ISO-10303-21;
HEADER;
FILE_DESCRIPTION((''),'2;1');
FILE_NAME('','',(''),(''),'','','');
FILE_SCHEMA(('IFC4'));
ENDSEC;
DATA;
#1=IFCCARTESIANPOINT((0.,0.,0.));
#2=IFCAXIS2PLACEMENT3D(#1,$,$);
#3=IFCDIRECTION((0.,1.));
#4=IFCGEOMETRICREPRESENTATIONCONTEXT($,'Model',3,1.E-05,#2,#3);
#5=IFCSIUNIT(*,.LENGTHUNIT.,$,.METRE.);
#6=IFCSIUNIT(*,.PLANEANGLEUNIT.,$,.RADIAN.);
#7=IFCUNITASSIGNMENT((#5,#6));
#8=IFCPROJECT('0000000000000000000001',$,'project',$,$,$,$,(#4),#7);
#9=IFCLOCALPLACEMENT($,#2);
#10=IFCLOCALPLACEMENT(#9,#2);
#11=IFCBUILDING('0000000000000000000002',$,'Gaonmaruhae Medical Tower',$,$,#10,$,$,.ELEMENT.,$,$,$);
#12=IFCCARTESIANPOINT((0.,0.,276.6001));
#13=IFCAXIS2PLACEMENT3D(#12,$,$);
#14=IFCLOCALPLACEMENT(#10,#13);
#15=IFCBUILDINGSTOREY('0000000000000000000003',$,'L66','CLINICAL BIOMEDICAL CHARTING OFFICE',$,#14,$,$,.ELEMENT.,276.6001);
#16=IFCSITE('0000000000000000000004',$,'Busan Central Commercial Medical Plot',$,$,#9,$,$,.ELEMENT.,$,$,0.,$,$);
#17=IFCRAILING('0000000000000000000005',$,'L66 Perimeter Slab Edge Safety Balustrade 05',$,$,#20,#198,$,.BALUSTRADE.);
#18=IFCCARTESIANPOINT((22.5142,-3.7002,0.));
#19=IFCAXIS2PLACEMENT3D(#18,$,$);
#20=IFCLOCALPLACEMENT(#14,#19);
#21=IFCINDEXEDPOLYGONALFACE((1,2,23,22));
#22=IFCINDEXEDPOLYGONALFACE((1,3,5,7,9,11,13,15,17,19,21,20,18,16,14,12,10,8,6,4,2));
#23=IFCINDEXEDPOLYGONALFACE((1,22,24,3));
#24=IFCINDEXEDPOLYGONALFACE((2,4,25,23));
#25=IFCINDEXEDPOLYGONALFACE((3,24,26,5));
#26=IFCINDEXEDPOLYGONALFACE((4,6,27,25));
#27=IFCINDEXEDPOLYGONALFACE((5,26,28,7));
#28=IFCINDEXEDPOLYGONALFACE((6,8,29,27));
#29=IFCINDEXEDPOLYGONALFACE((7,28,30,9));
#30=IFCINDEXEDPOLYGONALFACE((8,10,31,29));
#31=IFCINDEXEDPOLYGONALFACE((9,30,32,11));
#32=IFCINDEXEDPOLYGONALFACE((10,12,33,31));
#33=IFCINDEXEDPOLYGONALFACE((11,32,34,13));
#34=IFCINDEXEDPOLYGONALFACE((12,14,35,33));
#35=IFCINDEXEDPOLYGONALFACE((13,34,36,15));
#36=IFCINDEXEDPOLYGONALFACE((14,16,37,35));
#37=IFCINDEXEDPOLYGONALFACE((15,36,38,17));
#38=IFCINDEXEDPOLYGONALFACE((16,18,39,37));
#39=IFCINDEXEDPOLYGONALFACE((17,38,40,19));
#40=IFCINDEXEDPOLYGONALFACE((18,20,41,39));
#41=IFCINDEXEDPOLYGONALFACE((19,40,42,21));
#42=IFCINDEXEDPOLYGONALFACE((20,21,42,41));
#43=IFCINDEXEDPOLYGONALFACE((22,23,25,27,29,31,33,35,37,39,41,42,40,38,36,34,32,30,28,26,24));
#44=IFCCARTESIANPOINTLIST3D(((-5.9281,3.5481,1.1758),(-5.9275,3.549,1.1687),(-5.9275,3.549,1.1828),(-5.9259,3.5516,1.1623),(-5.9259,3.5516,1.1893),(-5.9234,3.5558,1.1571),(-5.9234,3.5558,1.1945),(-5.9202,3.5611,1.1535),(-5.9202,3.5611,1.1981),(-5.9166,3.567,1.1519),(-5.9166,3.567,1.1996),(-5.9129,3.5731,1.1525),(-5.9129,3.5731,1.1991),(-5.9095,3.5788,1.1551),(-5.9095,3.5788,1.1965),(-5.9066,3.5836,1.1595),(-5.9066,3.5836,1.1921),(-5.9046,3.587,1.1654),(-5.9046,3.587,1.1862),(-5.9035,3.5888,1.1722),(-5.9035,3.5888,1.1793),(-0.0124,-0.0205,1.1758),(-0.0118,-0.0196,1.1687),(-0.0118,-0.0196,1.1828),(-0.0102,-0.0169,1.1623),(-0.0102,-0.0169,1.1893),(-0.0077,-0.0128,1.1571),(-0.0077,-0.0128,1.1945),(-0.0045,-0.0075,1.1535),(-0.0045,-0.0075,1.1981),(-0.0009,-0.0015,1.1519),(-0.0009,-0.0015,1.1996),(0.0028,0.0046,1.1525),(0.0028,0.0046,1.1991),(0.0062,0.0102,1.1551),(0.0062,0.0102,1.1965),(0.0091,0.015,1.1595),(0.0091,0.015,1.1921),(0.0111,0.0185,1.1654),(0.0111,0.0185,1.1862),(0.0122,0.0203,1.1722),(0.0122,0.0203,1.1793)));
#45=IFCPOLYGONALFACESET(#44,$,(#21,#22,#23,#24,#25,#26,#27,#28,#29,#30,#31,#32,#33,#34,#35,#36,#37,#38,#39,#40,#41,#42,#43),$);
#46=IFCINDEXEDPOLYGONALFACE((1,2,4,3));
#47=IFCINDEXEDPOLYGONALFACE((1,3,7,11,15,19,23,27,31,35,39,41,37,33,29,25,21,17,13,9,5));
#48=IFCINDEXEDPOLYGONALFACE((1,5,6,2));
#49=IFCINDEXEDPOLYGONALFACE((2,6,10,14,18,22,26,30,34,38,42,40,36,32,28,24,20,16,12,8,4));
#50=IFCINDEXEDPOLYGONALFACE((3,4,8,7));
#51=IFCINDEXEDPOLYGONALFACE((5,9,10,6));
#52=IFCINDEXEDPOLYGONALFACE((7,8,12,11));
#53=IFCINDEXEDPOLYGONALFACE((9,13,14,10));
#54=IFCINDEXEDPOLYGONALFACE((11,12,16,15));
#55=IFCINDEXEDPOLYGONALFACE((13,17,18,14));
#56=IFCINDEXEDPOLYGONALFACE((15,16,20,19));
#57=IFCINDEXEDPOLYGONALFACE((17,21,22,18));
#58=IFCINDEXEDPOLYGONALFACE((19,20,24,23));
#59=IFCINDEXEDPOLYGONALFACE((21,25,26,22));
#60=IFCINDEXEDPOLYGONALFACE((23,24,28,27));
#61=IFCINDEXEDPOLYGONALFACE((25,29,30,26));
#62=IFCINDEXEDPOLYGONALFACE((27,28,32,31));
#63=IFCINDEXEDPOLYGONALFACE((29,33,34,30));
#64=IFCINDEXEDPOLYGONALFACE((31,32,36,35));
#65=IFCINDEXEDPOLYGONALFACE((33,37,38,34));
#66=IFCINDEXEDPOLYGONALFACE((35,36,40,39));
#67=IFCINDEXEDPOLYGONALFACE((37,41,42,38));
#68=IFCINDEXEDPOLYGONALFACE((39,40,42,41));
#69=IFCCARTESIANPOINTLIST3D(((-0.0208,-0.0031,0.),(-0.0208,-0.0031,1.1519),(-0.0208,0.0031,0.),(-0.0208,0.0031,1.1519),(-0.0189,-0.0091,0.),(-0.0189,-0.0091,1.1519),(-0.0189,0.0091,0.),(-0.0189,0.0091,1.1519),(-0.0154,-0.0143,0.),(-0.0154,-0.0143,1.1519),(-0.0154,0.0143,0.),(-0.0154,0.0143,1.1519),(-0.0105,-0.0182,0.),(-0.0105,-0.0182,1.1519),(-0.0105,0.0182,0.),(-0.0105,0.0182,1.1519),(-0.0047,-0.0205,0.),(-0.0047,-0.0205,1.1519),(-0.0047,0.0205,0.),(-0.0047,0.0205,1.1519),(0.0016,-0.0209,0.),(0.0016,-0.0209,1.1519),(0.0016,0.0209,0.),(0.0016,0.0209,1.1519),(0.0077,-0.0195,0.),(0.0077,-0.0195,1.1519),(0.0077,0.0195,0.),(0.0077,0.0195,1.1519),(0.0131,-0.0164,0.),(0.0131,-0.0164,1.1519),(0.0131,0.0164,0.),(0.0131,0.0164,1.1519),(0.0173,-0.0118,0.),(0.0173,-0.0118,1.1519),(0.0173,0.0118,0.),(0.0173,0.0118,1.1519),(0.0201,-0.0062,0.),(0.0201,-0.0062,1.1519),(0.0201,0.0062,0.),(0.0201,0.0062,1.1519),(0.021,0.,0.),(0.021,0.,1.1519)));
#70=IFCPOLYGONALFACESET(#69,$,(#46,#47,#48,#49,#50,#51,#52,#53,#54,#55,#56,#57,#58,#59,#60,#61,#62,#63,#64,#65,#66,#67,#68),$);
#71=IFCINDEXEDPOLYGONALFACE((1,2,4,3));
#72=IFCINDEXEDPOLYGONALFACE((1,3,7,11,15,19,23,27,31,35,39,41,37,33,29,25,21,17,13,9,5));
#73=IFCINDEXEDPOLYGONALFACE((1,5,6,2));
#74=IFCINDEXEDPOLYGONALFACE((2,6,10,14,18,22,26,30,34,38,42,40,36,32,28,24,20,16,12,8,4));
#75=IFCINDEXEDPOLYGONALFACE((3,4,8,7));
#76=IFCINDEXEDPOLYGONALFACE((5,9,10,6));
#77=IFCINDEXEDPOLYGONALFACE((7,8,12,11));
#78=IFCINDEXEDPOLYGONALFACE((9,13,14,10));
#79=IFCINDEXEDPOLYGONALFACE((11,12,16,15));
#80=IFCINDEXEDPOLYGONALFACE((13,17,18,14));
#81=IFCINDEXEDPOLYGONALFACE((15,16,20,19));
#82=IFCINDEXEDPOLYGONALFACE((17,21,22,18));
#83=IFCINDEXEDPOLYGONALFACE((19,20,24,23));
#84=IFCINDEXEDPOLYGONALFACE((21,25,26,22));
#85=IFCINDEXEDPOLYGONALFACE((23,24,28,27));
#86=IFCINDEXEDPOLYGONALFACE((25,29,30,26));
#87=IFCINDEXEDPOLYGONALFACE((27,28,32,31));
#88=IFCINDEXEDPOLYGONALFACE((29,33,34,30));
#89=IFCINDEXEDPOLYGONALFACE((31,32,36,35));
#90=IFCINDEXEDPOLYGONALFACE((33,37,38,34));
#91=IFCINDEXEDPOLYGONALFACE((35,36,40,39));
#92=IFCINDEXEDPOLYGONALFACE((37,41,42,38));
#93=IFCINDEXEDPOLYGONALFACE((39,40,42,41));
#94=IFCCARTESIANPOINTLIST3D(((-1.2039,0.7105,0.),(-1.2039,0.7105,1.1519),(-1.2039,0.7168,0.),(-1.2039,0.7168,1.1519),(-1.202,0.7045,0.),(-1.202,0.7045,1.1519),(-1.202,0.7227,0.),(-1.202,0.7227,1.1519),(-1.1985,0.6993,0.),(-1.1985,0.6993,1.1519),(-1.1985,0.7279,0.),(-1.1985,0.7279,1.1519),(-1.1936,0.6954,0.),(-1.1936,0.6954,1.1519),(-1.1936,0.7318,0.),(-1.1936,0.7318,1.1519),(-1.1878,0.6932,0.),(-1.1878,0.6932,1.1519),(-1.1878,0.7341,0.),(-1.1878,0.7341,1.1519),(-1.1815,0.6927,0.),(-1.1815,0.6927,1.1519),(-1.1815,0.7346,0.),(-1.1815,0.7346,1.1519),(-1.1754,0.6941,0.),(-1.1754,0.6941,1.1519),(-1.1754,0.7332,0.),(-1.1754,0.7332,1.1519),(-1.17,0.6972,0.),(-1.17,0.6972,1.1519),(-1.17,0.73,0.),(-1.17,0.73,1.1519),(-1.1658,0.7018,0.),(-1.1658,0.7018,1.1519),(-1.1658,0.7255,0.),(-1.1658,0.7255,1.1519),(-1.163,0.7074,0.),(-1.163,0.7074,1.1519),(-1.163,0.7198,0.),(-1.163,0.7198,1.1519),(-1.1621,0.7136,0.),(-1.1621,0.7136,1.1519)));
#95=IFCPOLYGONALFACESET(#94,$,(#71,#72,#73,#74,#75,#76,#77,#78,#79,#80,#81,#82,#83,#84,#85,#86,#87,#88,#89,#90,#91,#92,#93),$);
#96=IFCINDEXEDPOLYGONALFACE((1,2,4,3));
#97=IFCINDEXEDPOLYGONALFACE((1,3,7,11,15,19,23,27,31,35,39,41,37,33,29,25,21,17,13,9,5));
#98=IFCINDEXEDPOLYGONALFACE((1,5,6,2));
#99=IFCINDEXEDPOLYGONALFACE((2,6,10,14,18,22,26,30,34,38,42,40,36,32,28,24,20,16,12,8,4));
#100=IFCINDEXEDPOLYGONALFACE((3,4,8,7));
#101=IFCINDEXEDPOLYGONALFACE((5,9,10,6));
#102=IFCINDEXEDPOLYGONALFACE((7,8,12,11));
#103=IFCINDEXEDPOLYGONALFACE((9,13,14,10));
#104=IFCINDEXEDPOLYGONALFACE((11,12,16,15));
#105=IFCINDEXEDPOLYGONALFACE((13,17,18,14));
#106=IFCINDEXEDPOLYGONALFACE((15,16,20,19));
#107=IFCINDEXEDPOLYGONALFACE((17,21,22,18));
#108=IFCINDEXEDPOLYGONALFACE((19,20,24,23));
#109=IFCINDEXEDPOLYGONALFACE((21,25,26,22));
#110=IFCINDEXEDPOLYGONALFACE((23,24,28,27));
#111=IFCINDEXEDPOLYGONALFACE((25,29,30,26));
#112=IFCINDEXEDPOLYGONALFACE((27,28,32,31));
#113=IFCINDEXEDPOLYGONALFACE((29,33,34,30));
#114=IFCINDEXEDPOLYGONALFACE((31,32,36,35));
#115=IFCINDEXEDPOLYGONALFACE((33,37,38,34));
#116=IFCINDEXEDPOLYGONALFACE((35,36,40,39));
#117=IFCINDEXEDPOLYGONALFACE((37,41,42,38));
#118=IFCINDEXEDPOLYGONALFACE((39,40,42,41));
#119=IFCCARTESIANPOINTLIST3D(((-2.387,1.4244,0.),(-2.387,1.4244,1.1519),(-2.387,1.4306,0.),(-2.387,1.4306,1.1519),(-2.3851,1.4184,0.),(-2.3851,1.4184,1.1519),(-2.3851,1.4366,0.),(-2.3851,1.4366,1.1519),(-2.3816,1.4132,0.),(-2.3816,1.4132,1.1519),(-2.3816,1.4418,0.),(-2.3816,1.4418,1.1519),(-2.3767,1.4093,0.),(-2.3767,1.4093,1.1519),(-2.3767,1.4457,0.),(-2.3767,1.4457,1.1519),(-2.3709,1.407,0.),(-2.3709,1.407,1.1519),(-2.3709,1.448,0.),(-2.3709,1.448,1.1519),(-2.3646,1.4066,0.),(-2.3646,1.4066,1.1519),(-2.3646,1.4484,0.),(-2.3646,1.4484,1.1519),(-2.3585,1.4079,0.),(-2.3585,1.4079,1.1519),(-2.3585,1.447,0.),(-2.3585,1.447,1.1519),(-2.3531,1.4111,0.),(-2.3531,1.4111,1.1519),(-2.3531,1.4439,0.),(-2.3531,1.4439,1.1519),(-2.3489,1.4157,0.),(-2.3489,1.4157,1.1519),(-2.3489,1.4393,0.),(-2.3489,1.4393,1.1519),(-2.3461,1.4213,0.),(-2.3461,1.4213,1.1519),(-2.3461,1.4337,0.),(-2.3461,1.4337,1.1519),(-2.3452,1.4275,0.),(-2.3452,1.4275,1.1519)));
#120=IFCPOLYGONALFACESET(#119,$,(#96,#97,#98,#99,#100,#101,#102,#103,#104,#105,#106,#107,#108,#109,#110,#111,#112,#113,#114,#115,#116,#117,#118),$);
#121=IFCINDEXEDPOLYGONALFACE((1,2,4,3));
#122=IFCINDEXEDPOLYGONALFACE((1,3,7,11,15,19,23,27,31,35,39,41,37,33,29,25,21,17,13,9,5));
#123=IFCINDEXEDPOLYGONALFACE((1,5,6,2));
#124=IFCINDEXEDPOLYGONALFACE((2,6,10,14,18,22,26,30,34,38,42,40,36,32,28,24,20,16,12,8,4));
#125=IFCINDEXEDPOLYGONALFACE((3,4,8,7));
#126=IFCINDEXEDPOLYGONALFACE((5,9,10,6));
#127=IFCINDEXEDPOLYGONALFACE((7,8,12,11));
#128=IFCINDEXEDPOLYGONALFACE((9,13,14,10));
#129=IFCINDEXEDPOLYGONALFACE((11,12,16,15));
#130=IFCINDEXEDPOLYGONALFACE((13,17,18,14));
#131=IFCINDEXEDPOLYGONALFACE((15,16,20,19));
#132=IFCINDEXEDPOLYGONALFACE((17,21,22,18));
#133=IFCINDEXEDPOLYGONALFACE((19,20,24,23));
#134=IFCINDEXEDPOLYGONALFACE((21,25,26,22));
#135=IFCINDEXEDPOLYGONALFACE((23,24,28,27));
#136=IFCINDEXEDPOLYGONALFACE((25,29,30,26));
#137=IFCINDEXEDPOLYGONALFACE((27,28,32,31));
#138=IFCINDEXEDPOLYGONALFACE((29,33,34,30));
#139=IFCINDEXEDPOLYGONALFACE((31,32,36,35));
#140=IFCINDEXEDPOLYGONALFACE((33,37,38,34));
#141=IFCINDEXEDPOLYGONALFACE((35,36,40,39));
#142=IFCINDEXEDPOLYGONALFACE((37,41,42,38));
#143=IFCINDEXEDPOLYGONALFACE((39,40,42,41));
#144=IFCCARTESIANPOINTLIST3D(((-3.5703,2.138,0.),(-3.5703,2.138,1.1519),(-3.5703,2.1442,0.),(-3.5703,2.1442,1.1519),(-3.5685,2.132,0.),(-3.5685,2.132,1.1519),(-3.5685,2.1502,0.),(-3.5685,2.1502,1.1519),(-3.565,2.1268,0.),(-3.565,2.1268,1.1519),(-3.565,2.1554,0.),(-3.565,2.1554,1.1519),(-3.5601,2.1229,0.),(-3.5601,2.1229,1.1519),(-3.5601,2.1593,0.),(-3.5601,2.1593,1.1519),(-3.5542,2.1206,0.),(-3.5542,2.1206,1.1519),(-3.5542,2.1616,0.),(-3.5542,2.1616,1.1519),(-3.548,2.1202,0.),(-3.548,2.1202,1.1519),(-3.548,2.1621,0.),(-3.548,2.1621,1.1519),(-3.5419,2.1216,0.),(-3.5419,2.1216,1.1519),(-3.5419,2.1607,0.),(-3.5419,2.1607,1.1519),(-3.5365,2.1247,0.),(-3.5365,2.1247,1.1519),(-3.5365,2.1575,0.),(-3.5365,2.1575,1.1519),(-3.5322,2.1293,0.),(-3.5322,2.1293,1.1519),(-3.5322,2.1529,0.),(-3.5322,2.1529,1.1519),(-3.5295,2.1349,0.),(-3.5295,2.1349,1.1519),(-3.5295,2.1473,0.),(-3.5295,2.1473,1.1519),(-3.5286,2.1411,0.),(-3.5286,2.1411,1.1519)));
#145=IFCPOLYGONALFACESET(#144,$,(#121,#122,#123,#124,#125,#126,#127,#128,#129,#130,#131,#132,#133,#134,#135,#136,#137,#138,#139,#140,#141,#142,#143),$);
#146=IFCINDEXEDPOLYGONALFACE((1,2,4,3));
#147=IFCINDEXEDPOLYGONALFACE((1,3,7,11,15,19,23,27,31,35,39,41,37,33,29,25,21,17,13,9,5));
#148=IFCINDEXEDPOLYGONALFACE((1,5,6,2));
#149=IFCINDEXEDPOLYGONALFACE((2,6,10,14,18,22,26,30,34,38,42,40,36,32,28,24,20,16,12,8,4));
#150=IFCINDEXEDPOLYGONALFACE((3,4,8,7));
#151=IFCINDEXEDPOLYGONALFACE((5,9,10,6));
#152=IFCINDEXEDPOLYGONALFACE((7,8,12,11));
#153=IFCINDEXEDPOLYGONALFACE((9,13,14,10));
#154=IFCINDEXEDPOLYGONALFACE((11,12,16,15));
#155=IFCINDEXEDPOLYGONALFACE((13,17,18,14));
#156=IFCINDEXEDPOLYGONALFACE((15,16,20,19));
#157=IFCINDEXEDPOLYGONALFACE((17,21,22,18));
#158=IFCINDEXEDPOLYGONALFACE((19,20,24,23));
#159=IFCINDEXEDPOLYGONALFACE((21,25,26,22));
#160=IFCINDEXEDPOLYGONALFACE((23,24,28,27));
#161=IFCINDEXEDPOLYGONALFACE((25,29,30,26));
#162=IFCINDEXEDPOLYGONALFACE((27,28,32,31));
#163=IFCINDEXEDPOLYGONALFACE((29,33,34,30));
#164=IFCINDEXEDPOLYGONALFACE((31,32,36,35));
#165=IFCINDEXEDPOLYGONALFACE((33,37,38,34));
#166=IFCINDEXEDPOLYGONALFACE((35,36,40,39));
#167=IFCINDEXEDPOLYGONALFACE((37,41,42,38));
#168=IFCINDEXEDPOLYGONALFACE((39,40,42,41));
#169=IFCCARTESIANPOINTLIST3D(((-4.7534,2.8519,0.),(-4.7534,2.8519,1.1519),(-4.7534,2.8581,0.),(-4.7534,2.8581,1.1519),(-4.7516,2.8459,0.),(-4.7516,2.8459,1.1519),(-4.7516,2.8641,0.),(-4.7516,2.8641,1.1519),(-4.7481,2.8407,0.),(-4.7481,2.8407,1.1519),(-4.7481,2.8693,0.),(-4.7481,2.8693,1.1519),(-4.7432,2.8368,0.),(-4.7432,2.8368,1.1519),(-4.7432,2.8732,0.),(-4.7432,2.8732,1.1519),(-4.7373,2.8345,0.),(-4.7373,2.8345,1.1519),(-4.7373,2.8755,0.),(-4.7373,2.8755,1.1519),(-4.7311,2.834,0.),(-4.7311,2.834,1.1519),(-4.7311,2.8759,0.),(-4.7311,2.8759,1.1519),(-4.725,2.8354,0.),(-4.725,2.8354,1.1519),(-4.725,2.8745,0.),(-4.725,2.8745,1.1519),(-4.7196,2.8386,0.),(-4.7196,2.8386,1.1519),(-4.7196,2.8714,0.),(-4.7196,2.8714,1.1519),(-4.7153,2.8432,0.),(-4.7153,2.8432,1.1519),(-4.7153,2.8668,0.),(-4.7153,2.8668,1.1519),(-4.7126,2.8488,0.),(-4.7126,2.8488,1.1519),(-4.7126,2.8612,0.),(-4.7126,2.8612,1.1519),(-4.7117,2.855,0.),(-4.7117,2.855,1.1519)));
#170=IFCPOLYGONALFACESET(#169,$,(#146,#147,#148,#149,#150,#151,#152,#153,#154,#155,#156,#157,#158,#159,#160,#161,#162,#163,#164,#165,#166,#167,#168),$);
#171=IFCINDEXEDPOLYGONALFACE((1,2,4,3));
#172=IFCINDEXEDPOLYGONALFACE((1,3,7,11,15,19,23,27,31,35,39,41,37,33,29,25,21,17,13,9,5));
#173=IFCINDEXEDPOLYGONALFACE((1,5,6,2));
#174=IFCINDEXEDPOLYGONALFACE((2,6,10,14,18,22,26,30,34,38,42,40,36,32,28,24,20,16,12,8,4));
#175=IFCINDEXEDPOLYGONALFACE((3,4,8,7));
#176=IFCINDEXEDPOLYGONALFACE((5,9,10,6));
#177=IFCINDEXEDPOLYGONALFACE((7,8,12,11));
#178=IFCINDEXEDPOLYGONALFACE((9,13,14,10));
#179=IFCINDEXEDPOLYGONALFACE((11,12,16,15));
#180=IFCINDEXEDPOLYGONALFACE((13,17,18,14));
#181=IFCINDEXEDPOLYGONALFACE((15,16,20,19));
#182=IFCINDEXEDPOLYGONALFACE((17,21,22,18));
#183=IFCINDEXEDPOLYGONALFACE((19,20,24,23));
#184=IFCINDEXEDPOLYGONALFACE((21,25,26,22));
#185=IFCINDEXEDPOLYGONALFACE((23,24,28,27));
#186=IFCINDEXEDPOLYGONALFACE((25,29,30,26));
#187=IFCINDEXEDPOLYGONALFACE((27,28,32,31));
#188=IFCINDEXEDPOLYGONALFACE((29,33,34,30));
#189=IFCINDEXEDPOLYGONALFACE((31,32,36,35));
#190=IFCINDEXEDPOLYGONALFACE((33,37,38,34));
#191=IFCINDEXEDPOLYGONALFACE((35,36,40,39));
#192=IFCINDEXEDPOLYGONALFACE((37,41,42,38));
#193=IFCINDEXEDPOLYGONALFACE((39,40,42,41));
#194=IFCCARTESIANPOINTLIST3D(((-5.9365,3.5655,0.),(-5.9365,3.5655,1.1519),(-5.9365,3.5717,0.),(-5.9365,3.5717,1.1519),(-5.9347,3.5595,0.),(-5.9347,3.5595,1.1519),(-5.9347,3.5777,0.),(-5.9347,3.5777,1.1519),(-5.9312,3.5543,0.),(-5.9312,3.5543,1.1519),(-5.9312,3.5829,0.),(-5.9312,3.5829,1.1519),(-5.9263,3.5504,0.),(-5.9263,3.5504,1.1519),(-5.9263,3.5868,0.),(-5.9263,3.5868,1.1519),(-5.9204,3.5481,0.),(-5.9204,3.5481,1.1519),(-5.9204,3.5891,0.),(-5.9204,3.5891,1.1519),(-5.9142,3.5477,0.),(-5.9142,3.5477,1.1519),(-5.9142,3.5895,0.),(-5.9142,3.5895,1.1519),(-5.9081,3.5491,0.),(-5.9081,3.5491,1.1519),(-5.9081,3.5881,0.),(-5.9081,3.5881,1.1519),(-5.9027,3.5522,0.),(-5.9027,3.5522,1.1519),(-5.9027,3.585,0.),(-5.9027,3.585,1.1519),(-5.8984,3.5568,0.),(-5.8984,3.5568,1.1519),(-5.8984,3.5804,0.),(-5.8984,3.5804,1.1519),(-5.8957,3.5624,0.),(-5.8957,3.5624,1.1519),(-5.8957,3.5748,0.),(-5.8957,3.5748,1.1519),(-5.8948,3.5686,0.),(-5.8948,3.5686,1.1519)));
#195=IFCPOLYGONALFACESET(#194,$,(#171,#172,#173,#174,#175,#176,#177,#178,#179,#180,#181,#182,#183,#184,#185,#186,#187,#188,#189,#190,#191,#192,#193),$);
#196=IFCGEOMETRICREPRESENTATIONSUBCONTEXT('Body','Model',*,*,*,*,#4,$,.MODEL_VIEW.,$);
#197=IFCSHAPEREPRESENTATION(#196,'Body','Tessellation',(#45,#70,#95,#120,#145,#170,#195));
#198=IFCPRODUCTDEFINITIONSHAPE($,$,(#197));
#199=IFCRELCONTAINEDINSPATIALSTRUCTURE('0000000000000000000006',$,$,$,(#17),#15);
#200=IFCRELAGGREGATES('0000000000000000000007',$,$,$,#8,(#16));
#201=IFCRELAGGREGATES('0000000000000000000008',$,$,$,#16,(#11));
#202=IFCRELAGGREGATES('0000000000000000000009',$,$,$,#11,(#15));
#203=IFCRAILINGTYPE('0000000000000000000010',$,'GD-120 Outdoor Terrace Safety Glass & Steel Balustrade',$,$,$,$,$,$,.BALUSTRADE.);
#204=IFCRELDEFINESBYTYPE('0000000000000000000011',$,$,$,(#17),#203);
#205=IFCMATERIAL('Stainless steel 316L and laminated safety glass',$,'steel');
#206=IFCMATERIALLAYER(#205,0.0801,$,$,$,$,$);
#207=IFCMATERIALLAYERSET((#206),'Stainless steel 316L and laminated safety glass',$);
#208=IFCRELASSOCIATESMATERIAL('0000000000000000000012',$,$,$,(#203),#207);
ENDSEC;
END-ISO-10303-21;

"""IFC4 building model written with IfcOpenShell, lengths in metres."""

from ifc_helpers import new_model, si_unit, direction, frame, origin, origin_2d, place, context, subcontext, project, spatial, circle, extrude, material, layer, layer_set, type_object, element, save


model = new_model("IFC4")

# Units and contexts
model_context = context("Model", 3, precision=1e-05, world=origin(), true_north=direction((0.0, 1.0)))
body_context = subcontext(model_context, "Body", "Model", "MODEL_VIEW")
ifc_project = project(units=[si_unit("LENGTHUNIT", "METRE"), si_unit("PLANEANGLEUNIT", "RADIAN")], contexts=[model_context])

# Site, building, storey
site_placement = place(None, origin())
site = spatial("IfcSite", under=ifc_project, at=site_placement, Name="Busan Central Commercial Medical Plot", CompositionType="ELEMENT", RefElevation=0.0)
building_placement = place(site_placement, origin())
building = spatial("IfcBuilding", under=site, at=building_placement, Name="Gaonmaruhae Medical Tower", CompositionType="ELEMENT")
storey_placement = place(building_placement, frame((0.0, 0.0, 276.6001)))
storey = spatial("IfcBuildingStorey", under=building, at=storey_placement, Name="L66", Description="CLINICAL BIOMEDICAL CHARTING OFFICE", CompositionType="ELEMENT", Elevation=276.6001)

# Railing
ifc_material_1 = material(Name="Stainless steel 316L and laminated safety glass", Category="steel")
ifc_layer_1 = layer(ifc_material_1, 0.0801)
ifc_layer_set_1 = layer_set([ifc_layer_1], Name="Stainless steel 316L and laminated safety glass")
railing_type = type_object("IfcRailingType", Name="GD-120 Outdoor Terrace Safety Glass & Steel Balustrade", PredefinedType="BALUSTRADE", material=ifc_layer_set_1)
railing_1_placement = place(storey_placement, frame((22.5142, -3.7002, 0.0)))
element("IfcRailing", 1, at=railing_1_placement, inside=storey, type_object=railing_type, Name="L66 Perimeter Slab Edge Safety Balustrade 05", PredefinedType="BALUSTRADE", context=body_context, shape_type="SweptSolid", body=[
    extrude(circle(Radius=0.0239, at=origin_2d()), frame((0.0, 0.0, 1.1758), z_axis=(-0.856268, 0.516531, 0.0), x_axis=(-0.516531, -0.856268, 0.0)), (0.0, 0.0, 1.0), 6.9087),
    extrude(circle(Radius=0.021, at=origin_2d()), origin(), (0.0, 0.0, 1.0), 1.1519),
    extrude(circle(Radius=0.021, at=origin_2d()), frame((-1.1831, 0.7136, 0.0)), (0.0, 0.0, 1.0), 1.1519),
    extrude(circle(Radius=0.021, at=origin_2d()), frame((-2.3662, 1.4275, 0.0)), (0.0, 0.0, 1.0), 1.1519),
    extrude(circle(Radius=0.021, at=origin_2d()), frame((-3.5496, 2.1411, 0.0)), (0.0, 0.0, 1.0), 1.1519),
    extrude(circle(Radius=0.021, at=origin_2d()), frame((-4.7327, 2.855, 0.0)), (0.0, 0.0, 1.0), 1.1519),
    extrude(circle(Radius=0.021, at=origin_2d()), frame((-5.9158, 3.5686, 0.0)), (0.0, 0.0, 1.0), 1.1519),
])

save(model, "model.ifc")
